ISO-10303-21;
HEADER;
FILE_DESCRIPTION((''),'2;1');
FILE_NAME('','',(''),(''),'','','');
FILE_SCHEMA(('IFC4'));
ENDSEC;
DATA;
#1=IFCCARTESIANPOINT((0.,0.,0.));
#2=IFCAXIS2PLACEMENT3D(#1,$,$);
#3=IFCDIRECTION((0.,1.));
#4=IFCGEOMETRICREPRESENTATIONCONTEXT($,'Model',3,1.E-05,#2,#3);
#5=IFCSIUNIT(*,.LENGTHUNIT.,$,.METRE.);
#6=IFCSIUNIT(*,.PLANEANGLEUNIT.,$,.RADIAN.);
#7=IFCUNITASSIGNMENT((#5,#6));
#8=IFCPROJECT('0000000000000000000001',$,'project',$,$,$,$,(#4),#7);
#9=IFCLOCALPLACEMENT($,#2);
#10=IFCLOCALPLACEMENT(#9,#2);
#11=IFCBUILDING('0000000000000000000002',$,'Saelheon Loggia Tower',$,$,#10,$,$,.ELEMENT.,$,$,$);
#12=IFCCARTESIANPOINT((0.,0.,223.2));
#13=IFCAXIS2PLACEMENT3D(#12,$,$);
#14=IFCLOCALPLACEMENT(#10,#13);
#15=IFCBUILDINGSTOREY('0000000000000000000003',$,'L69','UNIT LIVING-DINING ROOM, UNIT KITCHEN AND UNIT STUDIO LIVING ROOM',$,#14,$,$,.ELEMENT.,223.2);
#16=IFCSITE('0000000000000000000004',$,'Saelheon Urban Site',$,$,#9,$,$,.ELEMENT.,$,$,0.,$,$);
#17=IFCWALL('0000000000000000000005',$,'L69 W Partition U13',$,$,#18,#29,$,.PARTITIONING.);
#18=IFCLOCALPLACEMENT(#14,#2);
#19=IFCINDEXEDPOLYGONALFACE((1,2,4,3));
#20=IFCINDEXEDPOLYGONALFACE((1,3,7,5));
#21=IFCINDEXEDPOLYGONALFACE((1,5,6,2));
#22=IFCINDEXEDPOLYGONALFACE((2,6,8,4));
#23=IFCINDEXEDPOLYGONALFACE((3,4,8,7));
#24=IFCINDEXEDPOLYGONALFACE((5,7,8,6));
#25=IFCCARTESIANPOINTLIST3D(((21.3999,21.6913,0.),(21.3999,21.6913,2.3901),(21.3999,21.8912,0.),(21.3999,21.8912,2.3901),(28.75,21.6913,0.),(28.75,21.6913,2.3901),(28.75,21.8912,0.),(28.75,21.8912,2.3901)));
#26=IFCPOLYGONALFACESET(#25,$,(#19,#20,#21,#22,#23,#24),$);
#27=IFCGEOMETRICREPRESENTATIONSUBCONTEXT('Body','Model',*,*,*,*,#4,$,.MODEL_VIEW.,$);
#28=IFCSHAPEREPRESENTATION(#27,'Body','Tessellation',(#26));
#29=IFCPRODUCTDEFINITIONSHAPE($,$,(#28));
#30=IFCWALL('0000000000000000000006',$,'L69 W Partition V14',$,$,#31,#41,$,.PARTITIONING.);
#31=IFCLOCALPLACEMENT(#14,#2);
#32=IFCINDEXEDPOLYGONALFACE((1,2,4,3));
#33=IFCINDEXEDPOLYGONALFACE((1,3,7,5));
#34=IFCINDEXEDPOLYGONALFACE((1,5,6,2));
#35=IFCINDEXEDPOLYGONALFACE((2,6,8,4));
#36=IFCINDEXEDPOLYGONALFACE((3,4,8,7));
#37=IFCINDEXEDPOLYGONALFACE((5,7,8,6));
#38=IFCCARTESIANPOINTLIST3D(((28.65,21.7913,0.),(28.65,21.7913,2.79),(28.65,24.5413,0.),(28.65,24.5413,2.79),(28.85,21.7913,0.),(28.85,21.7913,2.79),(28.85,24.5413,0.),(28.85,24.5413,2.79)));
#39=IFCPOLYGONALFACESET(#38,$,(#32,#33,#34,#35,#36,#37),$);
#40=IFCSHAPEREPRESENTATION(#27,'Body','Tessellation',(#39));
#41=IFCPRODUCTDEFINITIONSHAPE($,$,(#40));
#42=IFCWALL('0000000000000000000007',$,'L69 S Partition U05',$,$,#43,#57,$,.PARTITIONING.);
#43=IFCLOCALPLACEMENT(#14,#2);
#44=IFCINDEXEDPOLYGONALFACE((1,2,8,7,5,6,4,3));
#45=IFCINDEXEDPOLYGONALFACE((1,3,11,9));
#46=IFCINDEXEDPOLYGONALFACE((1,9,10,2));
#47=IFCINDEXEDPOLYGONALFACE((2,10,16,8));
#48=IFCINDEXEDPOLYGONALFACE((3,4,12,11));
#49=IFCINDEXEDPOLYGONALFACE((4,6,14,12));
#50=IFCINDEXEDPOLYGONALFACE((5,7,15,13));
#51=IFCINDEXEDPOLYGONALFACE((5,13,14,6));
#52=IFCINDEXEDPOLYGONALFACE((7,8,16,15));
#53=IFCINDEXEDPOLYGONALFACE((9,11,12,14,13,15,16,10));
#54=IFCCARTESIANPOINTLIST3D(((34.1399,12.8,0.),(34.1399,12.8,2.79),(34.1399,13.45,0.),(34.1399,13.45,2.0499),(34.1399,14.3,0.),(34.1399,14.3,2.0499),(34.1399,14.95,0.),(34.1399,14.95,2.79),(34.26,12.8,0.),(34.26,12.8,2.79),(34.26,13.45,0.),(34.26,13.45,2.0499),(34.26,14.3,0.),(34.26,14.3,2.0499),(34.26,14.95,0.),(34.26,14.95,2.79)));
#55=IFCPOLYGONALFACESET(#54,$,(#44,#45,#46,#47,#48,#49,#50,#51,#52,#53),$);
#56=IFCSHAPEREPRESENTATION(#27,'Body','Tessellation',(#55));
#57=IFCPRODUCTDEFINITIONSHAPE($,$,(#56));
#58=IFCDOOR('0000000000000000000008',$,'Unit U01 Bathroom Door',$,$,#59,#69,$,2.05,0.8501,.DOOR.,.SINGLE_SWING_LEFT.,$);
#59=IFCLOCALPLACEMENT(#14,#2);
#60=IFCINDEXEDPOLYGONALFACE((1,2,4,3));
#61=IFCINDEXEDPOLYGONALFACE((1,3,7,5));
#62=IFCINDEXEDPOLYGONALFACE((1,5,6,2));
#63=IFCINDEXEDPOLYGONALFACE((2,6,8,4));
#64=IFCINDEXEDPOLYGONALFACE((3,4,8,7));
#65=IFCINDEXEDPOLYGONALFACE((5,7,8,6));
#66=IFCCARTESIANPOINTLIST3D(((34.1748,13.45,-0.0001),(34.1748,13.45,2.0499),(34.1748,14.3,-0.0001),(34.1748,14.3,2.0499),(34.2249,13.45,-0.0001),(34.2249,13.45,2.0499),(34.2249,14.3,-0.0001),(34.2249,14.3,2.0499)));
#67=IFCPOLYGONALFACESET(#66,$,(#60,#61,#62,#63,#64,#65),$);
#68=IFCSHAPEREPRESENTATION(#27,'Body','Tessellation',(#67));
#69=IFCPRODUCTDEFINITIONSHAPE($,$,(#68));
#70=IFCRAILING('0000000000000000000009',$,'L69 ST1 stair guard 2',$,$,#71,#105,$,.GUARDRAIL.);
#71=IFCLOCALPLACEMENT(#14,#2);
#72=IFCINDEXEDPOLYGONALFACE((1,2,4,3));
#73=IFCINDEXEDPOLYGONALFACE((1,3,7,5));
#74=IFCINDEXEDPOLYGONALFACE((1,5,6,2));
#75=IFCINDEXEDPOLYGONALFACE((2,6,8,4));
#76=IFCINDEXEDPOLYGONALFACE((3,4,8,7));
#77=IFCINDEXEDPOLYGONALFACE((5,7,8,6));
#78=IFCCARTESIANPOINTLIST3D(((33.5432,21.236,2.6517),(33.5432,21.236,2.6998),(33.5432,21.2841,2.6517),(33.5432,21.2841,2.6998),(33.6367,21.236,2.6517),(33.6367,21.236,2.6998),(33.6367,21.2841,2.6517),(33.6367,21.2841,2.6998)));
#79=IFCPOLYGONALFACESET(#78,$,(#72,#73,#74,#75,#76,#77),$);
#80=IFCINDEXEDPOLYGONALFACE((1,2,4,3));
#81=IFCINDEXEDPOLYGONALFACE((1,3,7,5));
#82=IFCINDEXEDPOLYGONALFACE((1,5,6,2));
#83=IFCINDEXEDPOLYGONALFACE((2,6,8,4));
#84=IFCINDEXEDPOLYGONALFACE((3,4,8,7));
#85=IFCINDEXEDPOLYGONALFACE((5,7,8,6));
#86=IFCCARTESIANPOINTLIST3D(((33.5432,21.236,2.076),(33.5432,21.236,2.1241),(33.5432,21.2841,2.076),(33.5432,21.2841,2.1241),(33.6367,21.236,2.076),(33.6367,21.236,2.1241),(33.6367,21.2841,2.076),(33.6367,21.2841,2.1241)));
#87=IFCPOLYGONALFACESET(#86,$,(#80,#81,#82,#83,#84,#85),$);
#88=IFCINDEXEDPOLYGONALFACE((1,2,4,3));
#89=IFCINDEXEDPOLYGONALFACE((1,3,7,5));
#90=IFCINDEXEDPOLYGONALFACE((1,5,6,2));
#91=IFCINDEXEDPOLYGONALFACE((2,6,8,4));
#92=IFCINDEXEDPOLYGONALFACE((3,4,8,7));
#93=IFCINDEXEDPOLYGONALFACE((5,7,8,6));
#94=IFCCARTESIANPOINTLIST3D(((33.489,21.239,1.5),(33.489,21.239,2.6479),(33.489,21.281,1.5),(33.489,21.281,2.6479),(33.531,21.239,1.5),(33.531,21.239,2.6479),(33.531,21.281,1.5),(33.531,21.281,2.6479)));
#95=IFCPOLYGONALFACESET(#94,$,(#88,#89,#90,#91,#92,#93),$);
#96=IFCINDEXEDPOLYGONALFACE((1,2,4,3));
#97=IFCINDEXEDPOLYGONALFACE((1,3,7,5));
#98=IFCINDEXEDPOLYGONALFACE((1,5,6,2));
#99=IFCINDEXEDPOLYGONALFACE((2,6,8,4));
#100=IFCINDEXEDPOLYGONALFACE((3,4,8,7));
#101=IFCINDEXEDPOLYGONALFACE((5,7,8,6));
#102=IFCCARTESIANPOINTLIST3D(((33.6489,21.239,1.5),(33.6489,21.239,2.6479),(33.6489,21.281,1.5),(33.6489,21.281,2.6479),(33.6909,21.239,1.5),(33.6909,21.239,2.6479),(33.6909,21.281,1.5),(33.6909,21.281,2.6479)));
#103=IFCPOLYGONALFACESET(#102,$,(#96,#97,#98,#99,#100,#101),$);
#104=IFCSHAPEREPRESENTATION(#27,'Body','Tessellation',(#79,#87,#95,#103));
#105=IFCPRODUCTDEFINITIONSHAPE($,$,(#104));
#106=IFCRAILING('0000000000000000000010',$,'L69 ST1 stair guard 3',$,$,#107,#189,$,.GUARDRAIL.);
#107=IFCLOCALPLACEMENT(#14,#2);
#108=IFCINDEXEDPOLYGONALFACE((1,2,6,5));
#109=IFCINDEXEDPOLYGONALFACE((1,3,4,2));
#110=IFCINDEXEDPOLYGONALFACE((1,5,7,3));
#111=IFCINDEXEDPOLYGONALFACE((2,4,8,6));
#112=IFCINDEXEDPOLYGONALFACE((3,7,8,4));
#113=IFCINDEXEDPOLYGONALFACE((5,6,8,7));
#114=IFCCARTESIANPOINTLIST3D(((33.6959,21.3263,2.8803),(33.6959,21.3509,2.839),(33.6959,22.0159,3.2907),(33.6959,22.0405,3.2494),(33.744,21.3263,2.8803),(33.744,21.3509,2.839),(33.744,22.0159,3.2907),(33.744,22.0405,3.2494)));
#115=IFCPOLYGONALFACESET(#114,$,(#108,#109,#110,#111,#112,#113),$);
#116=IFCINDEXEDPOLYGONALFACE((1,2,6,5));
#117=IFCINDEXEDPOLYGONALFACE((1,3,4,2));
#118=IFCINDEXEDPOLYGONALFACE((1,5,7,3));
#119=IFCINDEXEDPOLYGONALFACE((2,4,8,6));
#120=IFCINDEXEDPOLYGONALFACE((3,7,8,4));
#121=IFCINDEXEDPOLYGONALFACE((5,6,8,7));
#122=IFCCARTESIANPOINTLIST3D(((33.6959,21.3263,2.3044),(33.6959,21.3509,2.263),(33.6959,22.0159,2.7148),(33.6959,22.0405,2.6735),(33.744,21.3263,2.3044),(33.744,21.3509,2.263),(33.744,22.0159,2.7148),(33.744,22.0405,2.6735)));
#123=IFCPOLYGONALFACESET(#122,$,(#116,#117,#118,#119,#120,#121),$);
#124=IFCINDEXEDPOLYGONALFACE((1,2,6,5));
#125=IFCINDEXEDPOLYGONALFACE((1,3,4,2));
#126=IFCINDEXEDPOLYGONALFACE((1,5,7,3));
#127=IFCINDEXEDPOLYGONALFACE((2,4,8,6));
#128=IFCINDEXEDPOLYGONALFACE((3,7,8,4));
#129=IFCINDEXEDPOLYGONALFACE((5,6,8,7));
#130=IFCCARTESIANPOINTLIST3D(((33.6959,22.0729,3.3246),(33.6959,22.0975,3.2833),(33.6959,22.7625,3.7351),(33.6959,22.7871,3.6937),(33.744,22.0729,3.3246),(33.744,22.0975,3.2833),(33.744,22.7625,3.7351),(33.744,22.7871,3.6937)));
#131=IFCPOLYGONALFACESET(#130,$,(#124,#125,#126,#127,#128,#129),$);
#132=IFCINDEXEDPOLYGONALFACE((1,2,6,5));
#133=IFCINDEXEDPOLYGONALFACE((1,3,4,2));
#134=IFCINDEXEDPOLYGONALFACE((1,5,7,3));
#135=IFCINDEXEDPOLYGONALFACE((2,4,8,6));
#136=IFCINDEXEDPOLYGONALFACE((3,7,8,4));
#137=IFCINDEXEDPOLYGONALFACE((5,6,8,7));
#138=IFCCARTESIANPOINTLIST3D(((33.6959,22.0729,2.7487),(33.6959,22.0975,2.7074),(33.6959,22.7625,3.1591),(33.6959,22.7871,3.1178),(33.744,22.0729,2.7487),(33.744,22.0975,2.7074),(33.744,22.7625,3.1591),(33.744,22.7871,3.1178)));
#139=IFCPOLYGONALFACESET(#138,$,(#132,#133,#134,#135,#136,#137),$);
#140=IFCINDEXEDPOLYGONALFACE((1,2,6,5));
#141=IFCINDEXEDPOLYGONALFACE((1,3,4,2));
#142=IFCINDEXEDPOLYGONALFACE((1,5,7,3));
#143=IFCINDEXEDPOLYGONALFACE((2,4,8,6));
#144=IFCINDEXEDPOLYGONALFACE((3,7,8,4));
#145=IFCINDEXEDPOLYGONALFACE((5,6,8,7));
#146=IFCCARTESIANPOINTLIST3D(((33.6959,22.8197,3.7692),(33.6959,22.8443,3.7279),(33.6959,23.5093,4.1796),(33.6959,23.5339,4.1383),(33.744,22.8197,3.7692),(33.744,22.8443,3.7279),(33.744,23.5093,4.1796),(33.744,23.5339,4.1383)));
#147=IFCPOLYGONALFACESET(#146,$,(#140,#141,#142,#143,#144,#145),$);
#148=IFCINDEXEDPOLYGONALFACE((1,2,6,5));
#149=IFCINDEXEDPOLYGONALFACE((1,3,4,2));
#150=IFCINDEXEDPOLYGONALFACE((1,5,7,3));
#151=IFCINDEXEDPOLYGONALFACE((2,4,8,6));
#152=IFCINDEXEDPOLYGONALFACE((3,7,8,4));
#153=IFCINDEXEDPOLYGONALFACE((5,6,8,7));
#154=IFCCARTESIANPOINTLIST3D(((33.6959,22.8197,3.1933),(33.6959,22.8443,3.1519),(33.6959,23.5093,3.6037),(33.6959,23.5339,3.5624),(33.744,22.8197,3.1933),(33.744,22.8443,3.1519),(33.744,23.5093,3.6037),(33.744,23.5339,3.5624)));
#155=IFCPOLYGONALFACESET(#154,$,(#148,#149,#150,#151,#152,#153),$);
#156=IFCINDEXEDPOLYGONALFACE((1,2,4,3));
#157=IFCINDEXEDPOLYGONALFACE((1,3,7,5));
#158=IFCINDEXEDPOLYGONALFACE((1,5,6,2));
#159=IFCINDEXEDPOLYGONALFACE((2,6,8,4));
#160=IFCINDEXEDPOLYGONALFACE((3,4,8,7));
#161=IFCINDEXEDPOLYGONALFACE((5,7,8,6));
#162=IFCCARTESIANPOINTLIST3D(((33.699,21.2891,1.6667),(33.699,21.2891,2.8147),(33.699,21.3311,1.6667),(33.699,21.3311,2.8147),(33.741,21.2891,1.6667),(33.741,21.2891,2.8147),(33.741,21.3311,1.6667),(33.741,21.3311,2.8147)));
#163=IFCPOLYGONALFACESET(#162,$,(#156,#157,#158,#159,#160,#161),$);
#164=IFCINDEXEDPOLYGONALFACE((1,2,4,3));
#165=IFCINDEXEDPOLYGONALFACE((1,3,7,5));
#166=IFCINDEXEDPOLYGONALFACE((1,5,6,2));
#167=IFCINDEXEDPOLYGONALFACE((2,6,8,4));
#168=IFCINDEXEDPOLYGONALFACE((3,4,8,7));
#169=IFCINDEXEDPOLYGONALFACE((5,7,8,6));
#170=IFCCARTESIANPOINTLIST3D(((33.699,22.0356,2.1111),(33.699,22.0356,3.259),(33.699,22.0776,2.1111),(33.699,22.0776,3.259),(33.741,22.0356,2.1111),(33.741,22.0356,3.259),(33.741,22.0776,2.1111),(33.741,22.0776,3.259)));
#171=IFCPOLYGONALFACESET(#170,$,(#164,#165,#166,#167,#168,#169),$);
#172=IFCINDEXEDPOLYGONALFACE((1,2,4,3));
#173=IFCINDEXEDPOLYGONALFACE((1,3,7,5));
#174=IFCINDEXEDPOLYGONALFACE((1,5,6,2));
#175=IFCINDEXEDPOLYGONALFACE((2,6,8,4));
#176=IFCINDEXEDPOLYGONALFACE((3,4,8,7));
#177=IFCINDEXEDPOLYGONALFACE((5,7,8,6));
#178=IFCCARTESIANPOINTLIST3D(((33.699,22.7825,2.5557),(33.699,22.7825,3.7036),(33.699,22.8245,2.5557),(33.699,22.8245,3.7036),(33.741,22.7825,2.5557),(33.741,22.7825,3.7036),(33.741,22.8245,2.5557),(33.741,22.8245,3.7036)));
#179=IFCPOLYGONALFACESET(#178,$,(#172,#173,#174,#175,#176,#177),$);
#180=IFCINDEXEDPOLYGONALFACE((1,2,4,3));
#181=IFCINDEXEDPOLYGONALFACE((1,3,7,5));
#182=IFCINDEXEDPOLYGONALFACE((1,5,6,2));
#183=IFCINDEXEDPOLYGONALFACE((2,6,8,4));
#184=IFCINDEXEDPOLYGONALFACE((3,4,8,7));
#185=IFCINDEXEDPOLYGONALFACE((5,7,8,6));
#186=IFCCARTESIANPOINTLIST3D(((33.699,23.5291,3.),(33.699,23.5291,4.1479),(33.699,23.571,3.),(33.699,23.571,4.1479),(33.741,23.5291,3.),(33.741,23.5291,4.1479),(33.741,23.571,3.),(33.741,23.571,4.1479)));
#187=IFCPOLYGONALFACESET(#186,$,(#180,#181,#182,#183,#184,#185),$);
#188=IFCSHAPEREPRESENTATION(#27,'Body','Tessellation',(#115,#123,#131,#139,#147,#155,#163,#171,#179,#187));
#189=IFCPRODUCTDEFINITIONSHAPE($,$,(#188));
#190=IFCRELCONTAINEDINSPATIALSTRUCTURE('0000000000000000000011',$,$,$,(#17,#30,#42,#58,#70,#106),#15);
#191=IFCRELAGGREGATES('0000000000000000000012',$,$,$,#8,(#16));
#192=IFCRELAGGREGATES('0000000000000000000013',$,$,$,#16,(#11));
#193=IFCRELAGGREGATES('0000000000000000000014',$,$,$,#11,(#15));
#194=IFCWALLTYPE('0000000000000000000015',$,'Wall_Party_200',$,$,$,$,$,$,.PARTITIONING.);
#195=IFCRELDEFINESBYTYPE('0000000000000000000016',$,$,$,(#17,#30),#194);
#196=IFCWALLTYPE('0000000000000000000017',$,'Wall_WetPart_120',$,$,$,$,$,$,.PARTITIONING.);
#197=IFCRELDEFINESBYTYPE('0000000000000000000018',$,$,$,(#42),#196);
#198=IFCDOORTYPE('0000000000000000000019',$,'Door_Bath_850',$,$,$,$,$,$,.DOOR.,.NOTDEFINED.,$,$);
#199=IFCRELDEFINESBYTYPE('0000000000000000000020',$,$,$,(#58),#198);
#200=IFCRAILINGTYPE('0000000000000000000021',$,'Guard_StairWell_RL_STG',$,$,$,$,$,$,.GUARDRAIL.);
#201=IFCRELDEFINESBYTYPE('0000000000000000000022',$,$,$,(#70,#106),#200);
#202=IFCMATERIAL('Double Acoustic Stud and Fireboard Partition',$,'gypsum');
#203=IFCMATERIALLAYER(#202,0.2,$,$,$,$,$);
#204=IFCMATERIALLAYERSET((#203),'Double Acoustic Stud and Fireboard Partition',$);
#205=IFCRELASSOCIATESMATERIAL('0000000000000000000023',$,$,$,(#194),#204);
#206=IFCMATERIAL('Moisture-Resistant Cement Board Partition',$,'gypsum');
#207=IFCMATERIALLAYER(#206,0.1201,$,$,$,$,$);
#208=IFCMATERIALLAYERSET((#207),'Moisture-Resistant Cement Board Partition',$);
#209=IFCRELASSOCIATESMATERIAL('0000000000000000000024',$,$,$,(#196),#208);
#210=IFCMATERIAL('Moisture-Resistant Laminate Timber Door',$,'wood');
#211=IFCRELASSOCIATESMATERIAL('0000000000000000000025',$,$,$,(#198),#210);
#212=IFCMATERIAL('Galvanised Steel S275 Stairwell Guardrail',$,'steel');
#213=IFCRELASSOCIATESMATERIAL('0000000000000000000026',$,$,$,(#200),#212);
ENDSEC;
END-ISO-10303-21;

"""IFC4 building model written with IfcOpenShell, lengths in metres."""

from ifc_helpers import new_model, si_unit, direction, frame, frame_2d, origin, origin_2d, place, context, subcontext, project, spatial, rectangle, extrude, source, transform, mapped, material, layer, layer_set, type_object, element, fill, save


model = new_model("IFC4")

# Units and contexts
model_context = context("Model", 3, precision=1e-05, world=origin(), true_north=direction((0.0, 1.0)))
body_context = subcontext(model_context, "Body", "Model", "MODEL_VIEW")
ifc_project = project(units=[si_unit("LENGTHUNIT", "METRE"), si_unit("PLANEANGLEUNIT", "RADIAN")], contexts=[model_context])

# Site, building, storey
site_placement = place(None, origin())
site = spatial("IfcSite", under=ifc_project, at=site_placement, Name="Saelheon Urban Site", CompositionType="ELEMENT", RefElevation=0.0)
building_placement = place(site_placement, origin())
building = spatial("IfcBuilding", under=site, at=building_placement, Name="Saelheon Loggia Tower", CompositionType="ELEMENT")
storey_placement = place(building_placement, frame((0.0, 0.0, 223.2)))
storey = spatial("IfcBuildingStorey", under=building, at=storey_placement, Name="L69", Description="UNIT LIVING-DINING ROOM, UNIT KITCHEN AND UNIT STUDIO LIVING ROOM", CompositionType="ELEMENT", Elevation=223.2)

# Shared definitions
ifc_material_1 = material(Name="Double Acoustic Stud and Fireboard Partition", Category="gypsum")
ifc_layer_1 = layer(ifc_material_1, 0.2)
ifc_layer_set_1 = layer_set([ifc_layer_1], Name="Double Acoustic Stud and Fireboard Partition")
wall_type_1 = type_object("IfcWallType", Name="Wall_Party_200", PredefinedType="PARTITIONING", material=ifc_layer_set_1)

# Walls
wall_1_placement = place(storey_placement, frame((28.75, 21.7913, 0.0), z_axis=(0.0, 0.0, 1.0), x_axis=(-1.0, 0.0, 0.0)))
element("IfcWall", 1, at=wall_1_placement, inside=storey, type_object=wall_type_1, Name="L69 W Partition U13", PredefinedType="PARTITIONING", context=body_context, shape_type="SweptSolid", body=[
    extrude(rectangle(XDim=7.3501, YDim=0.2, at=frame_2d((3.675, 0.0))), origin(), (0.0, 0.0, 1.0), 2.3901),
])
wall_2_placement = place(storey_placement, frame((28.75, 21.7913, 0.0), z_axis=(0.0, 0.0, 1.0), x_axis=(0.0, 1.0, 0.0)))
element("IfcWall", 2, at=wall_2_placement, inside=storey, type_object=wall_type_1, Name="L69 W Partition V14", PredefinedType="PARTITIONING", context=body_context, shape_type="SweptSolid", body=[
    extrude(rectangle(XDim=2.75, YDim=0.2, at=frame_2d((1.375, 0.0))), origin(), (0.0, 0.0, 1.0), 2.79),
])

# Wall, opening, door
ifc_material_2 = material(Name="Moisture-Resistant Cement Board Partition", Category="gypsum")
ifc_layer_2 = layer(ifc_material_2, 0.1201)
ifc_layer_set_2 = layer_set([ifc_layer_2], Name="Moisture-Resistant Cement Board Partition")
wall_type_2 = type_object("IfcWallType", Name="Wall_WetPart_120", PredefinedType="PARTITIONING", material=ifc_layer_set_2)
wall_3_placement = place(storey_placement, frame((34.2, 14.95, 0.0), z_axis=(0.0, 0.0, 1.0), x_axis=(0.0, -1.0, 0.0)))
wall_3 = element("IfcWall", 3, at=wall_3_placement, inside=storey, type_object=wall_type_2, Name="L69 S Partition U05", PredefinedType="PARTITIONING", context=body_context, shape_type="SweptSolid", body=[
    extrude(rectangle(XDim=2.1499, YDim=0.1201, at=frame_2d((1.075, 0.0))), origin(), (0.0, 0.0, 1.0), 2.79),
])
opening_1_placement = place(wall_3_placement, frame((0.6499, 0.0, 0.0)))
opening_1 = element("IfcOpeningElement", 4, at=opening_1_placement, cuts=wall_3, PredefinedType="OPENING", context=body_context, shape_type="SweptSolid", body=[
    extrude(rectangle(XDim=0.8501, YDim=2.05, at=frame_2d((0.425, 1.0249))), frame((0.0, 0.072, 0.0), z_axis=(0.0, -1.0, 0.0), x_axis=(1.0, 0.0, 0.0)), (0.0, 0.0, 1.0), 0.144),
])
ifc_material_3 = material(Name="Moisture-Resistant Laminate Timber Door", Category="wood")
door_type_1 = type_object("IfcDoorType", Name="Door_Bath_850", OperationType="NOTDEFINED", PredefinedType="DOOR", material=ifc_material_3)
shared_shape_1 = source(origin(), body_context, "Body", "SweptSolid", [
    extrude(rectangle(XDim=0.8501, YDim=2.05, at=frame_2d((0.425, 1.0249))), frame((0.0, 0.0249, 0.0), z_axis=(0.0, -1.0, 0.0), x_axis=(1.0, 0.0, 0.0)), (0.0, 0.0, 1.0), 0.05),
])
door_1_placement = place(opening_1_placement, origin())
door_1 = element("IfcDoor", 5, at=door_1_placement, inside=storey, type_object=door_type_1, Name="Unit U01 Bathroom Door", OperationType="SINGLE_SWING_LEFT", OverallHeight=2.05, OverallWidth=0.8501, PredefinedType="DOOR", context=body_context, shape_type="MappedRepresentation", body=[
    mapped(shared_shape_1, transform((0.0, 0.0, 0.0), scale=1.0)),
])
fill(opening_1, door_1)

# Railings
ifc_material_4 = material(Name="Galvanised Steel S275 Stairwell Guardrail", Category="steel")
railing_type = type_object("IfcRailingType", Name="Guard_StairWell_RL_STG", PredefinedType="GUARDRAIL", material=ifc_material_4)
railing_1_placement = place(storey_placement, frame((33.51, 21.26, 1.5)))
element("IfcRailing", 6, at=railing_1_placement, inside=storey, type_object=railing_type, Name="L69 ST1 stair guard 2", PredefinedType="GUARDRAIL", context=body_context, shape_type="SweptSolid", body=[
    extrude(rectangle(XDim=0.0481, YDim=0.0481, at=origin_2d()), frame((0.0332, 0.0, 1.1758), z_axis=(1.0, 0.0, 0.0), x_axis=(0.0, 1.0, 0.0)), (0.0, 0.0, 1.0), 0.0935),
    extrude(rectangle(XDim=0.0481, YDim=0.0481, at=origin_2d()), frame((0.0332, 0.0, 0.6001), z_axis=(1.0, 0.0, 0.0), x_axis=(0.0, 1.0, 0.0)), (0.0, 0.0, 1.0), 0.0935),
    extrude(rectangle(XDim=0.042, YDim=0.042, at=origin_2d()), origin(), (0.0, 0.0, 1.0), 1.1479),
    extrude(rectangle(XDim=0.042, YDim=0.042, at=origin_2d()), frame((0.1599, 0.0, 0.0)), (0.0, 0.0, 1.0), 1.1479),
])
railing_2_placement = place(storey_placement, frame((33.72, 21.3101, 1.6667)))
element("IfcRailing", 7, at=railing_2_placement, inside=storey, type_object=railing_type, Name="L69 ST1 stair guard 3", PredefinedType="GUARDRAIL", context=body_context, shape_type="SweptSolid", body=[
    extrude(rectangle(XDim=0.0481, YDim=0.0481, at=origin_2d()), frame((0.0, 0.0286, 1.1929), z_axis=(0.0, 0.859306, 0.511462), x_axis=(-1.0, 0.0, 0.0)), (0.0, 0.0, 1.0), 0.8025),
    extrude(rectangle(XDim=0.0481, YDim=0.0481, at=origin_2d()), frame((0.0, 0.0286, 0.6169), z_axis=(0.0, 0.859306, 0.511462), x_axis=(-1.0, 0.0, 0.0)), (0.0, 0.0, 1.0), 0.8025),
    extrude(rectangle(XDim=0.0481, YDim=0.0481, at=origin_2d()), frame((0.0, 0.7751, 1.6372), z_axis=(0.0, 0.859306, 0.511462), x_axis=(-1.0, 0.0, 0.0)), (0.0, 0.0, 1.0), 0.8025),
    extrude(rectangle(XDim=0.0481, YDim=0.0481, at=origin_2d()), frame((0.0, 0.7751, 1.0613), z_axis=(0.0, 0.859306, 0.511462), x_axis=(-1.0, 0.0, 0.0)), (0.0, 0.0, 1.0), 0.8025),
    extrude(rectangle(XDim=0.0481, YDim=0.0481, at=origin_2d()), frame((0.0, 1.522, 2.0818), z_axis=(0.0, 0.859306, 0.511462), x_axis=(-1.0, 0.0, 0.0)), (0.0, 0.0, 1.0), 0.8025),
    extrude(rectangle(XDim=0.0481, YDim=0.0481, at=origin_2d()), frame((0.0, 1.522, 1.5059), z_axis=(0.0, 0.859306, 0.511462), x_axis=(-1.0, 0.0, 0.0)), (0.0, 0.0, 1.0), 0.8025),
    extrude(rectangle(XDim=0.042, YDim=0.042, at=origin_2d()), origin(), (0.0, 0.0, 1.0), 1.1479),
    extrude(rectangle(XDim=0.042, YDim=0.042, at=origin_2d()), frame((0.0, 0.7466, 0.4443)), (0.0, 0.0, 1.0), 1.1479),
    extrude(rectangle(XDim=0.042, YDim=0.042, at=origin_2d()), frame((0.0, 1.4934, 0.8889)), (0.0, 0.0, 1.0), 1.1479),
    extrude(rectangle(XDim=0.042, YDim=0.042, at=origin_2d()), frame((0.0, 2.24, 1.3333)), (0.0, 0.0, 1.0), 1.1479),
])

save(model, "model.ifc")
